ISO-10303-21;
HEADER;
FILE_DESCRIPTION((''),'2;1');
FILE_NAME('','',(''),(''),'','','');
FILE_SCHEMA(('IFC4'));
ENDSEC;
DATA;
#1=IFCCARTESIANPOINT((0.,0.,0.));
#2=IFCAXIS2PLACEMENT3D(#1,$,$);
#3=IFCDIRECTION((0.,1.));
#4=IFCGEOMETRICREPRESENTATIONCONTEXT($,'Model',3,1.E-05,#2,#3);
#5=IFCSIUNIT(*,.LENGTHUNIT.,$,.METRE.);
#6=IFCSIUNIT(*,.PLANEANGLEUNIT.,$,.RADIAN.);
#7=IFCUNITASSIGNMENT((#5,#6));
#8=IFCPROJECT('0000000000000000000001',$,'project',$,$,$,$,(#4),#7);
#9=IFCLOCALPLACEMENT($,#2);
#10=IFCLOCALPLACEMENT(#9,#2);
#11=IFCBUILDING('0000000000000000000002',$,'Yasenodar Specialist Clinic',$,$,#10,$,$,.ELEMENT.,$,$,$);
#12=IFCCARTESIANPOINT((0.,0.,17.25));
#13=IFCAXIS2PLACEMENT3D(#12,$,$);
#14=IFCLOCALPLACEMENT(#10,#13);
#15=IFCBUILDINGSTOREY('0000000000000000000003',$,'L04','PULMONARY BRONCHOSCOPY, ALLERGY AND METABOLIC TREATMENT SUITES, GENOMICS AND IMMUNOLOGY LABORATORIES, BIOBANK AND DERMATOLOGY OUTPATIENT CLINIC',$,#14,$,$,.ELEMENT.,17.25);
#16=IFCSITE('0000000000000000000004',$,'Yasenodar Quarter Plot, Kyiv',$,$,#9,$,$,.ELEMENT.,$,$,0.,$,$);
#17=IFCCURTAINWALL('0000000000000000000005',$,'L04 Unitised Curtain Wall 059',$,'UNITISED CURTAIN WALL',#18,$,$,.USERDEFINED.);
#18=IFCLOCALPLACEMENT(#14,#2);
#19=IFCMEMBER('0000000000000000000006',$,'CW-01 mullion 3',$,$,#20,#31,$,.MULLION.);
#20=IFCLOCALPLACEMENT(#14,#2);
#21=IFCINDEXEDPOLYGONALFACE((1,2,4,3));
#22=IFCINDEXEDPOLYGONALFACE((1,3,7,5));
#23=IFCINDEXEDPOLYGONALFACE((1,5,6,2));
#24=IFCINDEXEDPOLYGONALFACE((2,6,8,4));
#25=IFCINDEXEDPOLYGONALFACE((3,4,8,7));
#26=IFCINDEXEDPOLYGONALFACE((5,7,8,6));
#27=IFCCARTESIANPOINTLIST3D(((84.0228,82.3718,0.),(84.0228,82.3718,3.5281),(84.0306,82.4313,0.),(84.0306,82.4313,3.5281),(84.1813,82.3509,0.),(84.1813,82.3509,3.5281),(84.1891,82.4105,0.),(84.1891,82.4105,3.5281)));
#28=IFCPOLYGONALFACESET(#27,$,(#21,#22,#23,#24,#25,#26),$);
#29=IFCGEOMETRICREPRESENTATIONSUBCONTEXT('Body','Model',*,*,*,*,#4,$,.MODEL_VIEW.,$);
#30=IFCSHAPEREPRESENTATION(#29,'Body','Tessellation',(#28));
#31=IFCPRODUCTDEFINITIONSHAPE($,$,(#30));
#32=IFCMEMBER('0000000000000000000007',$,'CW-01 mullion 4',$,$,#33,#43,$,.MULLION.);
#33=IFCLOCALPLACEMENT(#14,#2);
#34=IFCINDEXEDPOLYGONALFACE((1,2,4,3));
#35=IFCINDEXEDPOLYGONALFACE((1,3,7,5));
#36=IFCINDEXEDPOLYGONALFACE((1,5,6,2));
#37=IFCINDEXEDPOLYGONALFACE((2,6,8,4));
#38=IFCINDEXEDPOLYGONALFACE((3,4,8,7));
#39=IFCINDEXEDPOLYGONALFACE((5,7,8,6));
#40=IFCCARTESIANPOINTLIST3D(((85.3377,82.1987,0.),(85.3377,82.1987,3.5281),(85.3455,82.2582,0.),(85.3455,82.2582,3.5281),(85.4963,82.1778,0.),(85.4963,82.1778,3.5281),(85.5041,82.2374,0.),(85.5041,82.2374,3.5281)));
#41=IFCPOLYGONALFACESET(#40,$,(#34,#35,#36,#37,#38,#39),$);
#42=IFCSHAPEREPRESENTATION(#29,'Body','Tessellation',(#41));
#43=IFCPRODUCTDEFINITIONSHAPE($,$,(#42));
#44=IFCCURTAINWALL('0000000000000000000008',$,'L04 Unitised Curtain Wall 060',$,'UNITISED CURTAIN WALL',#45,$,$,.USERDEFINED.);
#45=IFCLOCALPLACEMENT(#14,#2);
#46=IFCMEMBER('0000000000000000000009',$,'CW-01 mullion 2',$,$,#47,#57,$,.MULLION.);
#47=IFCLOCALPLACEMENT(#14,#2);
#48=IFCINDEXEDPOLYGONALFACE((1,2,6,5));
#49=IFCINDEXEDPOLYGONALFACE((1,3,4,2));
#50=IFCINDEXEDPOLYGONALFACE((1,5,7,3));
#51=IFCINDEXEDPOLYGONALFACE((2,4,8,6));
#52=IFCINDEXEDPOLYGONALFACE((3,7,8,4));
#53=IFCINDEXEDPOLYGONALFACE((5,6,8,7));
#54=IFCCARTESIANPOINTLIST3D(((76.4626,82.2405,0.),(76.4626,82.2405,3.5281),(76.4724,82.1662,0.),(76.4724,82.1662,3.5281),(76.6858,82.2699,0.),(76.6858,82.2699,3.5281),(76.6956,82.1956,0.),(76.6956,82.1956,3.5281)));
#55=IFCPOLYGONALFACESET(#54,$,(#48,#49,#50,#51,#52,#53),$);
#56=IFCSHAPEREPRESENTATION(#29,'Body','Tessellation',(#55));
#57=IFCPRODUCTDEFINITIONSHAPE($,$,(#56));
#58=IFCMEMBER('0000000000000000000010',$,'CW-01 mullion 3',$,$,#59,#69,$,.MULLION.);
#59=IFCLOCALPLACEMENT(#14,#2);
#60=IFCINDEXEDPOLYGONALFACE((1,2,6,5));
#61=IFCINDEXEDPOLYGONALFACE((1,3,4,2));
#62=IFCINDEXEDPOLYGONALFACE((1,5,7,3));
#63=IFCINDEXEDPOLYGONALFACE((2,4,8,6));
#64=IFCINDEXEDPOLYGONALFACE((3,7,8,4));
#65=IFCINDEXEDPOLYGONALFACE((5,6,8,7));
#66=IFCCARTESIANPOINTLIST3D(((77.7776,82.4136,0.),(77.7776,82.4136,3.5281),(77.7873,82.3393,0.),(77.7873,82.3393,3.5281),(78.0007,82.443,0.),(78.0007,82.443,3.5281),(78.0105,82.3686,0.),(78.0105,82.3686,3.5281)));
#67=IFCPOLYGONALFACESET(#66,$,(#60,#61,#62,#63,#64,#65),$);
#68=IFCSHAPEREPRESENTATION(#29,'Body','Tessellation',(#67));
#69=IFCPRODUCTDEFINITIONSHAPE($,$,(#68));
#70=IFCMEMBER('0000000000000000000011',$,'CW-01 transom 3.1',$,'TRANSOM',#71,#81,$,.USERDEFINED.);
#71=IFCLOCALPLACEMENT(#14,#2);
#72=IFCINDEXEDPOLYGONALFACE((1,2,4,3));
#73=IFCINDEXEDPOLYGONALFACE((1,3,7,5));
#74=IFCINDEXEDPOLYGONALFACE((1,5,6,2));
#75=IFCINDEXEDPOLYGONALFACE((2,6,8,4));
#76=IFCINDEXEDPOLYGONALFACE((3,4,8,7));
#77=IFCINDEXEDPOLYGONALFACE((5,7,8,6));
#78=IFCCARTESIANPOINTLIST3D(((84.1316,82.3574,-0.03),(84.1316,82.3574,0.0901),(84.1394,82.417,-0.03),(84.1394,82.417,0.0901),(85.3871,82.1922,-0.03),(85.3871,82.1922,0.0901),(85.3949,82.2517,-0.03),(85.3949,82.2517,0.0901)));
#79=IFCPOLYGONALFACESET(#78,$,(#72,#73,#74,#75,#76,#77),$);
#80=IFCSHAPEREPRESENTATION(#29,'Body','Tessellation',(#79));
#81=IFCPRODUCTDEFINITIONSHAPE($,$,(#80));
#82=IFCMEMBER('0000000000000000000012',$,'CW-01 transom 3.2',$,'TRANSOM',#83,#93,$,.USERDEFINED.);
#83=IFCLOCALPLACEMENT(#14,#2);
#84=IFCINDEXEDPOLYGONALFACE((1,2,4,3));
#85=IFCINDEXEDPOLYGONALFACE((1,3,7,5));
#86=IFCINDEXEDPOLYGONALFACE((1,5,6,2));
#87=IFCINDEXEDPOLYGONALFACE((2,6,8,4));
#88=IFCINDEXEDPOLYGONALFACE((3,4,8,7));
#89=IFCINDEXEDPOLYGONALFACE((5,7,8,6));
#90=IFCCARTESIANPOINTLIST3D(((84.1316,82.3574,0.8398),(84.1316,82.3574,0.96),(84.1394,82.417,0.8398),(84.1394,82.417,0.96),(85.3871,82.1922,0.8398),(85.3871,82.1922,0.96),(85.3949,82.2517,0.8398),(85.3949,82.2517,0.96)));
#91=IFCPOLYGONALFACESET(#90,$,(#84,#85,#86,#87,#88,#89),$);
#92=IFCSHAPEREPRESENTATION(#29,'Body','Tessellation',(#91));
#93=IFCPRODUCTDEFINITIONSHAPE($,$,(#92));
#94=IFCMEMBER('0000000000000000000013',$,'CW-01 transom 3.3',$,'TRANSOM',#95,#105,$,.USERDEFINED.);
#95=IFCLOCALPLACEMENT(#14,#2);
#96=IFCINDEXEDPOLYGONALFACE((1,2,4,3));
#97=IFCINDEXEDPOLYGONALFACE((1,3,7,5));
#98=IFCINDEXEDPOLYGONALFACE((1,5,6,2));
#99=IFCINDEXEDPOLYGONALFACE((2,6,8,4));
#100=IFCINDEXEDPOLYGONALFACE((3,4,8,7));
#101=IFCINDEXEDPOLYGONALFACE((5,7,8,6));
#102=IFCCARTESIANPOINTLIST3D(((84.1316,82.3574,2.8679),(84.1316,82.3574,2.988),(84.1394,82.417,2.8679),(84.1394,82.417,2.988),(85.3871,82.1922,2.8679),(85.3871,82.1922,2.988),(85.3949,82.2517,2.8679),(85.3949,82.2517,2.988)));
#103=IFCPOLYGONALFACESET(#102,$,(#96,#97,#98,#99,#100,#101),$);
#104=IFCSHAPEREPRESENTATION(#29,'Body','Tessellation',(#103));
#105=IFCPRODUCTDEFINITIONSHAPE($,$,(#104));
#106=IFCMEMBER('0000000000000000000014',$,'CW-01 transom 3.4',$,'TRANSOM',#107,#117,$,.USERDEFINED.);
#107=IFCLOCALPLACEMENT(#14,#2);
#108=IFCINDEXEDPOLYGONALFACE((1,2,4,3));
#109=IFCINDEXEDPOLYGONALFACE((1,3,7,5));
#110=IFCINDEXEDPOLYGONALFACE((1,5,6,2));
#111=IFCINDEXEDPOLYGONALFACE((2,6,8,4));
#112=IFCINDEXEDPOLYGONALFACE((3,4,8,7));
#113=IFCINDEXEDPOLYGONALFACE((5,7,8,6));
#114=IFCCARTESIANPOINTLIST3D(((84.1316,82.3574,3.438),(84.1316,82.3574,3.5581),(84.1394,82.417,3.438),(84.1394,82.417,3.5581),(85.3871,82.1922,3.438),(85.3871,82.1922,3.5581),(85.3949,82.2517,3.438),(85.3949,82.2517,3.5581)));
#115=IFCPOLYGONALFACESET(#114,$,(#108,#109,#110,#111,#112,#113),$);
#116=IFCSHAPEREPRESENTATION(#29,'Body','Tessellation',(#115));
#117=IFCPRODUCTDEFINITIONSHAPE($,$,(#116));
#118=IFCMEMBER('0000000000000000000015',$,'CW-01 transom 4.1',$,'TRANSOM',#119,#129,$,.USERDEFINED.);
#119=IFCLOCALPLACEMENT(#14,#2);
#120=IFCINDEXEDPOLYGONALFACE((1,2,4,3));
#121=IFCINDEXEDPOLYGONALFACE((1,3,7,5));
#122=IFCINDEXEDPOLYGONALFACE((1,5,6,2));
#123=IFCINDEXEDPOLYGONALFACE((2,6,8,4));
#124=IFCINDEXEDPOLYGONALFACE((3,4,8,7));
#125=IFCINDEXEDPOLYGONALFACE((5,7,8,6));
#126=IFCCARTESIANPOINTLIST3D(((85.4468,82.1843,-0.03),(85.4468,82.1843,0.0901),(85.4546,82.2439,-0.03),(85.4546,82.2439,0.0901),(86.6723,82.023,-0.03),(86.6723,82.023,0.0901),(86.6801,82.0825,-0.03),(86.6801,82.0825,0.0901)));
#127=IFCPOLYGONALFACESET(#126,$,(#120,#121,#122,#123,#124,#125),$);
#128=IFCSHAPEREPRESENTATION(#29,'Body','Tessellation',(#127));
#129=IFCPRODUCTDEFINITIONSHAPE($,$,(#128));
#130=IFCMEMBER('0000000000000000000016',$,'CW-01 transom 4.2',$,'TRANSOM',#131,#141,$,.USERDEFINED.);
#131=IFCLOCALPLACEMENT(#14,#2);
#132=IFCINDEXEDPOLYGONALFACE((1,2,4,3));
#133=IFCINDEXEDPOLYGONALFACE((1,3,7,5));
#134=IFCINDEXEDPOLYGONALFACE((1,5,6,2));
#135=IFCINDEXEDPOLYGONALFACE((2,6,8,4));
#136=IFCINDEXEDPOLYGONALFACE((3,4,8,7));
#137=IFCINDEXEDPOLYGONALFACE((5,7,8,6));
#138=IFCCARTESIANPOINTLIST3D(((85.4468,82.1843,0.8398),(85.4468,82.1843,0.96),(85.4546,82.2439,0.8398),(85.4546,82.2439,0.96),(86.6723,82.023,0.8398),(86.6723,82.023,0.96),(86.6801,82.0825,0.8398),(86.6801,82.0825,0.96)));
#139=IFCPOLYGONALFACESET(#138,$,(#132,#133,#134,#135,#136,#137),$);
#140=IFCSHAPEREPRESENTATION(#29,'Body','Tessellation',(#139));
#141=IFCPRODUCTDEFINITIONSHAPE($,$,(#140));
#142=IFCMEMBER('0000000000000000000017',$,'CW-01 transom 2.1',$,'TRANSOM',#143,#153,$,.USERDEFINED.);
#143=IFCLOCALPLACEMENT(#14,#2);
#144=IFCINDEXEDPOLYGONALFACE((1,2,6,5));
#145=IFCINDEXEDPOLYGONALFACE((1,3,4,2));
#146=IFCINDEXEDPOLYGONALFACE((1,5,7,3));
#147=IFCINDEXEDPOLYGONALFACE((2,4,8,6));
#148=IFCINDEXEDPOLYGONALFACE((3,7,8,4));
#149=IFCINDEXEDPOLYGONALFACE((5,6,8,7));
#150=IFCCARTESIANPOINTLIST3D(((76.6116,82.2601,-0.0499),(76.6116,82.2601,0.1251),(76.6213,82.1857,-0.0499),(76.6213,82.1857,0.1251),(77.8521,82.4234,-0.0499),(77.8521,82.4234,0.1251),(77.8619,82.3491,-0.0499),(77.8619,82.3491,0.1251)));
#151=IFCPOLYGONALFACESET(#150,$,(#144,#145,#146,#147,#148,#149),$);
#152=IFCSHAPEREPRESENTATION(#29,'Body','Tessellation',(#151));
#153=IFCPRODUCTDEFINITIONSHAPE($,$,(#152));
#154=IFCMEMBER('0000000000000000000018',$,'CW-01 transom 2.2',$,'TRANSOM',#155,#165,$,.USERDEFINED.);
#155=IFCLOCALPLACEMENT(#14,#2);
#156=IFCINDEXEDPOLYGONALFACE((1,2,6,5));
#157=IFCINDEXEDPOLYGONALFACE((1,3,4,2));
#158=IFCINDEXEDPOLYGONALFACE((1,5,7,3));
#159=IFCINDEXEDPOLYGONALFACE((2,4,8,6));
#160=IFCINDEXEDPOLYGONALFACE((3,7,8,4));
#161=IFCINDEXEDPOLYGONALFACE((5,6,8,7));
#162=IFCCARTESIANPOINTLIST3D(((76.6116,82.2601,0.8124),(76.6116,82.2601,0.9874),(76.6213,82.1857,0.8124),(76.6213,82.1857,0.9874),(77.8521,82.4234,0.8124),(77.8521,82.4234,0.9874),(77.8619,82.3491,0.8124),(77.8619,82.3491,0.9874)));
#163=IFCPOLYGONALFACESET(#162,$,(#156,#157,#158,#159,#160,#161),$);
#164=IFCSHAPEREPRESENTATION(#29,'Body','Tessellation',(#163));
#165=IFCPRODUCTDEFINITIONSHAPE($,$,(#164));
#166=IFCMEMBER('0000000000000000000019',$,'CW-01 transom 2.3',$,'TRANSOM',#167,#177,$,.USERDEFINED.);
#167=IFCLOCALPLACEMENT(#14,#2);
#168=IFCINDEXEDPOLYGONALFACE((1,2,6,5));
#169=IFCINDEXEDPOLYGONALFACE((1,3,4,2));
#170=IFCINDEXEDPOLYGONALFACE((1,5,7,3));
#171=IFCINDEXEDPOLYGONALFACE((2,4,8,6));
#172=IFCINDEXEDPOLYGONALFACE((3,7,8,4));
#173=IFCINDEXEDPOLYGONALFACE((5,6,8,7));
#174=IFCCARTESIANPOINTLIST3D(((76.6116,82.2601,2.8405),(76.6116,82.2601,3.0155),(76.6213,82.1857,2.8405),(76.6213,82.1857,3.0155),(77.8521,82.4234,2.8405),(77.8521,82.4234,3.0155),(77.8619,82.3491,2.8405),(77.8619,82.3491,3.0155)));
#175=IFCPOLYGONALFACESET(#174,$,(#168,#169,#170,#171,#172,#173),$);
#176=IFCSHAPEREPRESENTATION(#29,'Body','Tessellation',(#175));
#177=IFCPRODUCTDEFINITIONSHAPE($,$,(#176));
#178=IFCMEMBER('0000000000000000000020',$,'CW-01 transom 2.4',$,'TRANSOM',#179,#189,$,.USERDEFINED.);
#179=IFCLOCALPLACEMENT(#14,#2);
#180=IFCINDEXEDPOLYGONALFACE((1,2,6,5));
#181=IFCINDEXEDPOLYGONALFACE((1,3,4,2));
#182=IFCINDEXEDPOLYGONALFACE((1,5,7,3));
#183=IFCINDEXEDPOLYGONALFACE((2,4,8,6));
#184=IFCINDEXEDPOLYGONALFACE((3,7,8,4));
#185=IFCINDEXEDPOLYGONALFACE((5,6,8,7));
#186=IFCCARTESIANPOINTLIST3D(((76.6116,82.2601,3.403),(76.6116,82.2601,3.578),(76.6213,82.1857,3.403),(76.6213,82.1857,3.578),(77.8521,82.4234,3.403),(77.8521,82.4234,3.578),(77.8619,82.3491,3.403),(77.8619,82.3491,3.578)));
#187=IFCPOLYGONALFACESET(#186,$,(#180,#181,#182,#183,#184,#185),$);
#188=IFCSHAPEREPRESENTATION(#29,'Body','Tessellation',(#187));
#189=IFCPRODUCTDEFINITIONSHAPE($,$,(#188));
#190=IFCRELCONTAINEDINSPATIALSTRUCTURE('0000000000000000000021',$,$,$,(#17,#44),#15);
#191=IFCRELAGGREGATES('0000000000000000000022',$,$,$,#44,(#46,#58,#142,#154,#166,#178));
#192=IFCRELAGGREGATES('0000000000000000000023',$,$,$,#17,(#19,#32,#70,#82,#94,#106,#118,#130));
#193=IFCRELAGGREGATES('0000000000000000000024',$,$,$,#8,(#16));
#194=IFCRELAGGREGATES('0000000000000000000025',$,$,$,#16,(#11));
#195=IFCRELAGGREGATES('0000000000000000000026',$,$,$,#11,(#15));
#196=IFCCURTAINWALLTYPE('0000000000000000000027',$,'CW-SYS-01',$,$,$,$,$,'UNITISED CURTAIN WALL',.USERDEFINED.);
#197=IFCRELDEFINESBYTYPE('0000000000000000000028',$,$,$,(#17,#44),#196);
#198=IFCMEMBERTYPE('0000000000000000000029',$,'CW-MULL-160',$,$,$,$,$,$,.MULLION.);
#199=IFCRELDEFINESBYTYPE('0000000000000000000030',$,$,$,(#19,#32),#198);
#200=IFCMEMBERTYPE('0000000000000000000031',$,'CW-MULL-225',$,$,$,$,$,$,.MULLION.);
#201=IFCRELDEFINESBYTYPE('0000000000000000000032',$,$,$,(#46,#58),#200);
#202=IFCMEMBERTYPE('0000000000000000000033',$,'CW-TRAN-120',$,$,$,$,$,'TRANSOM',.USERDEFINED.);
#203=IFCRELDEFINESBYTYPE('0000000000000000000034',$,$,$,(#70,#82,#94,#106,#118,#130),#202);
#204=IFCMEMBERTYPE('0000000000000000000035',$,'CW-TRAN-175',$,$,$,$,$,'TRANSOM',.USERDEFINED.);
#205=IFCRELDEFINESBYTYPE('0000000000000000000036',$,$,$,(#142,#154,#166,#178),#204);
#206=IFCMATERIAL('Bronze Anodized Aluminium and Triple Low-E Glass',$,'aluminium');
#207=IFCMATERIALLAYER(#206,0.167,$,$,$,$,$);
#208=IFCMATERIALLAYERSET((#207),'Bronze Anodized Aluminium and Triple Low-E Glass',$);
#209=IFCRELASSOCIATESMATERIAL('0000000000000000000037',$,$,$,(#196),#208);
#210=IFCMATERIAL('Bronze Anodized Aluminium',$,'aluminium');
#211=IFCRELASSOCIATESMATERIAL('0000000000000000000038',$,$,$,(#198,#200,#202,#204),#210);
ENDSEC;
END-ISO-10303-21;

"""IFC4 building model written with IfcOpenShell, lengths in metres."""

from ifc_helpers import new_model, si_unit, direction, frame, origin, origin_2d, place, context, subcontext, project, spatial, rectangle, extrude, material, layer, layer_set, material_profile, profile_set, type_object, element, aggregate, save


model = new_model("IFC4")

# Units and contexts
model_context = context("Model", 3, precision=1e-05, world=origin(), true_north=direction((0.0, 1.0)))
body_context = subcontext(model_context, "Body", "Model", "MODEL_VIEW")
ifc_project = project(units=[si_unit("LENGTHUNIT", "METRE"), si_unit("PLANEANGLEUNIT", "RADIAN")], contexts=[model_context])

# Site, building, storey
site_placement = place(None, origin())
site = spatial("IfcSite", under=ifc_project, at=site_placement, Name="Yasenodar Quarter Plot, Kyiv", CompositionType="ELEMENT", RefElevation=0.0)
building_placement = place(site_placement, origin())
building = spatial("IfcBuilding", under=site, at=building_placement, Name="Yasenodar Specialist Clinic", CompositionType="ELEMENT")
storey_placement = place(building_placement, frame((0.0, 0.0, 17.25)))
storey = spatial("IfcBuildingStorey", under=building, at=storey_placement, Name="L04", Description="PULMONARY BRONCHOSCOPY, ALLERGY AND METABOLIC TREATMENT SUITES, GENOMICS AND IMMUNOLOGY LABORATORIES, BIOBANK AND DERMATOLOGY OUTPATIENT CLINIC", CompositionType="ELEMENT", Elevation=17.25)

# Curtain walls, members
ifc_material_1 = material(Name="Bronze Anodized Aluminium and Triple Low-E Glass", Category="aluminium")
ifc_layer_1 = layer(ifc_material_1, 0.167)
ifc_layer_set_1 = layer_set([ifc_layer_1], Name="Bronze Anodized Aluminium and Triple Low-E Glass")
curtain_wall_type = type_object("IfcCurtainWallType", Name="CW-SYS-01", ElementType="UNITISED CURTAIN WALL", PredefinedType="USERDEFINED", material=ifc_layer_set_1)
curtain_wall_1_placement = place(storey_placement, origin())
curtain_wall_1 = element("IfcCurtainWall", 1, at=curtain_wall_1_placement, inside=storey, type_object=curtain_wall_type, Name="L04 Unitised Curtain Wall 059", ObjectType="UNITISED CURTAIN WALL", PredefinedType="USERDEFINED")
ifc_material_2 = material(Name="Bronze Anodized Aluminium", Category="aluminium")
ifc_material_profile_1 = material_profile(ifc_material_2, rectangle(XDim=0.0601, YDim=0.1599, at=origin_2d()), Name="CW-MULL 60x160")
ifc_profile_set_1 = profile_set([ifc_material_profile_1], Name="Bronze Anodized Aluminium")
member_type_1 = type_object("IfcMemberType", Name="CW-MULL-160", PredefinedType="MULLION", material=ifc_profile_set_1)
member_1_placement = place(storey_placement, frame((84.106, 82.3911, 0.0), z_axis=(0.0, 0.0, 1.0), x_axis=(0.130512, 0.991447, 0.0)))
member_1 = element("IfcMember", 2, at=member_1_placement, type_object=member_type_1, Name="CW-01 mullion 3", PredefinedType="MULLION", context=body_context, shape_type="SweptSolid", body=[
    extrude(rectangle(XDim=0.0601, YDim=0.1599, at=origin_2d()), origin(), (0.0, 0.0, 1.0), 3.5281),
])
member_2_placement = place(storey_placement, frame((85.4209, 82.218, 0.0), z_axis=(0.0, 0.0, 1.0), x_axis=(0.130512, 0.991447, 0.0)))
member_2 = element("IfcMember", 3, at=member_2_placement, type_object=member_type_1, Name="CW-01 mullion 4", PredefinedType="MULLION", context=body_context, shape_type="SweptSolid", body=[
    extrude(rectangle(XDim=0.0601, YDim=0.1599, at=origin_2d()), origin(), (0.0, 0.0, 1.0), 3.5281),
])
curtain_wall_2_placement = place(storey_placement, origin())
curtain_wall_2 = element("IfcCurtainWall", 4, at=curtain_wall_2_placement, inside=storey, type_object=curtain_wall_type, Name="L04 Unitised Curtain Wall 060", ObjectType="UNITISED CURTAIN WALL", PredefinedType="USERDEFINED")
ifc_material_profile_2 = material_profile(ifc_material_2, rectangle(XDim=0.075, YDim=0.2251, at=origin_2d()), Name="CW-MULL 75x225")
ifc_profile_set_2 = profile_set([ifc_material_profile_2], Name="Bronze Anodized Aluminium")
member_type_2 = type_object("IfcMemberType", Name="CW-MULL-225", PredefinedType="MULLION", material=ifc_profile_set_2)
member_3_placement = place(storey_placement, frame((76.5791, 82.218, 0.0), z_axis=(0.0, 0.0, 1.0), x_axis=(-0.130512, 0.991447, 0.0)))
member_3 = element("IfcMember", 5, at=member_3_placement, type_object=member_type_2, Name="CW-01 mullion 2", PredefinedType="MULLION", context=body_context, shape_type="SweptSolid", body=[
    extrude(rectangle(XDim=0.075, YDim=0.2251, at=origin_2d()), origin(), (0.0, 0.0, 1.0), 3.5281),
])
member_4_placement = place(storey_placement, frame((77.894, 82.3911, 0.0), z_axis=(0.0, 0.0, 1.0), x_axis=(-0.130512, 0.991447, 0.0)))
member_4 = element("IfcMember", 6, at=member_4_placement, type_object=member_type_2, Name="CW-01 mullion 3", PredefinedType="MULLION", context=body_context, shape_type="SweptSolid", body=[
    extrude(rectangle(XDim=0.075, YDim=0.2251, at=origin_2d()), origin(), (0.0, 0.0, 1.0), 3.5281),
])

# Members
ifc_material_profile_3 = material_profile(ifc_material_2, rectangle(XDim=0.0601, YDim=0.1201, at=origin_2d()), Name="CW-TRAN 60x120")
ifc_profile_set_3 = profile_set([ifc_material_profile_3], Name="Bronze Anodized Aluminium")
member_type_3 = type_object("IfcMemberType", Name="CW-TRAN-120", ElementType="TRANSOM", PredefinedType="USERDEFINED", material=ifc_profile_set_3)
member_5_placement = place(storey_placement, frame((84.1355, 82.3872, 0.03), z_axis=(0.991447, -0.130509, 0.0), x_axis=(0.130509, 0.991447, 0.0)))
member_5 = element("IfcMember", 7, at=member_5_placement, type_object=member_type_3, Name="CW-01 transom 3.1", ObjectType="TRANSOM", PredefinedType="USERDEFINED", context=body_context, shape_type="SweptSolid", body=[
    extrude(rectangle(XDim=0.0601, YDim=0.1201, at=origin_2d()), origin(), (0.0, 0.0, 1.0), 1.2664),
])
member_6_placement = place(storey_placement, frame((84.1355, 82.3872, 0.8999), z_axis=(0.991447, -0.130509, 0.0), x_axis=(0.130509, 0.991447, 0.0)))
member_6 = element("IfcMember", 8, at=member_6_placement, type_object=member_type_3, Name="CW-01 transom 3.2", ObjectType="TRANSOM", PredefinedType="USERDEFINED", context=body_context, shape_type="SweptSolid", body=[
    extrude(rectangle(XDim=0.0601, YDim=0.1201, at=origin_2d()), origin(), (0.0, 0.0, 1.0), 1.2664),
])
member_7_placement = place(storey_placement, frame((84.1355, 82.3872, 2.928), z_axis=(0.991447, -0.130509, 0.0), x_axis=(0.130509, 0.991447, 0.0)))
member_7 = element("IfcMember", 9, at=member_7_placement, type_object=member_type_3, Name="CW-01 transom 3.3", ObjectType="TRANSOM", PredefinedType="USERDEFINED", context=body_context, shape_type="SweptSolid", body=[
    extrude(rectangle(XDim=0.0601, YDim=0.1201, at=origin_2d()), origin(), (0.0, 0.0, 1.0), 1.2664),
])
member_8_placement = place(storey_placement, frame((84.1355, 82.3872, 3.498), z_axis=(0.991447, -0.130509, 0.0), x_axis=(0.130509, 0.991447, 0.0)))
member_8 = element("IfcMember", 10, at=member_8_placement, type_object=member_type_3, Name="CW-01 transom 3.4", ObjectType="TRANSOM", PredefinedType="USERDEFINED", context=body_context, shape_type="SweptSolid", body=[
    extrude(rectangle(XDim=0.0601, YDim=0.1201, at=origin_2d()), origin(), (0.0, 0.0, 1.0), 1.2664),
])
member_9_placement = place(storey_placement, frame((85.4507, 82.2141, 0.03), z_axis=(0.991442, -0.130546, 0.0), x_axis=(0.130546, 0.991442, 0.0)))
member_9 = element("IfcMember", 11, at=member_9_placement, type_object=member_type_3, Name="CW-01 transom 4.1", ObjectType="TRANSOM", PredefinedType="USERDEFINED", context=body_context, shape_type="SweptSolid", body=[
    extrude(rectangle(XDim=0.0601, YDim=0.1201, at=origin_2d()), origin(), (0.0, 0.0, 1.0), 1.2361),
])
member_10_placement = place(storey_placement, frame((85.4507, 82.2141, 0.8999), z_axis=(0.991442, -0.130546, 0.0), x_axis=(0.130546, 0.991442, 0.0)))
member_10 = element("IfcMember", 12, at=member_10_placement, type_object=member_type_3, Name="CW-01 transom 4.2", ObjectType="TRANSOM", PredefinedType="USERDEFINED", context=body_context, shape_type="SweptSolid", body=[
    extrude(rectangle(XDim=0.0601, YDim=0.1201, at=origin_2d()), origin(), (0.0, 0.0, 1.0), 1.2361),
])
ifc_material_profile_4 = material_profile(ifc_material_2, rectangle(XDim=0.075, YDim=0.175, at=origin_2d()), Name="CW-TRAN 75x175")
ifc_profile_set_4 = profile_set([ifc_material_profile_4], Name="Bronze Anodized Aluminium")
member_type_4 = type_object("IfcMemberType", Name="CW-TRAN-175", ElementType="TRANSOM", PredefinedType="USERDEFINED", material=ifc_profile_set_4)
member_11_placement = place(storey_placement, frame((76.6165, 82.2229, 0.0376), z_axis=(0.991443, 0.13054, 0.0), x_axis=(-0.13054, 0.991443, 0.0)))
member_11 = element("IfcMember", 13, at=member_11_placement, type_object=member_type_4, Name="CW-01 transom 2.1", ObjectType="TRANSOM", PredefinedType="USERDEFINED", context=body_context, shape_type="SweptSolid", body=[
    extrude(rectangle(XDim=0.075, YDim=0.175, at=origin_2d()), origin(), (0.0, 0.0, 1.0), 1.2512),
])
member_12_placement = place(storey_placement, frame((76.6165, 82.2229, 0.8999), z_axis=(0.991443, 0.13054, 0.0), x_axis=(-0.13054, 0.991443, 0.0)))
member_12 = element("IfcMember", 14, at=member_12_placement, type_object=member_type_4, Name="CW-01 transom 2.2", ObjectType="TRANSOM", PredefinedType="USERDEFINED", context=body_context, shape_type="SweptSolid", body=[
    extrude(rectangle(XDim=0.075, YDim=0.175, at=origin_2d()), origin(), (0.0, 0.0, 1.0), 1.2512),
])
member_13_placement = place(storey_placement, frame((76.6165, 82.2229, 2.928), z_axis=(0.991443, 0.13054, 0.0), x_axis=(-0.13054, 0.991443, 0.0)))
member_13 = element("IfcMember", 15, at=member_13_placement, type_object=member_type_4, Name="CW-01 transom 2.3", ObjectType="TRANSOM", PredefinedType="USERDEFINED", context=body_context, shape_type="SweptSolid", body=[
    extrude(rectangle(XDim=0.075, YDim=0.175, at=origin_2d()), origin(), (0.0, 0.0, 1.0), 1.2512),
])
member_14_placement = place(storey_placement, frame((76.6165, 82.2229, 3.4905), z_axis=(0.991443, 0.13054, 0.0), x_axis=(-0.13054, 0.991443, 0.0)))
member_14 = element("IfcMember", 16, at=member_14_placement, type_object=member_type_4, Name="CW-01 transom 2.4", ObjectType="TRANSOM", PredefinedType="USERDEFINED", context=body_context, shape_type="SweptSolid", body=[
    extrude(rectangle(XDim=0.075, YDim=0.175, at=origin_2d()), origin(), (0.0, 0.0, 1.0), 1.2512),
])

aggregate(curtain_wall_2, [member_3, member_4, member_11, member_12, member_13, member_14])
aggregate(curtain_wall_1, [member_1, member_2, member_5, member_6, member_7, member_8, member_9, member_10])

save(model, "model.ifc")
